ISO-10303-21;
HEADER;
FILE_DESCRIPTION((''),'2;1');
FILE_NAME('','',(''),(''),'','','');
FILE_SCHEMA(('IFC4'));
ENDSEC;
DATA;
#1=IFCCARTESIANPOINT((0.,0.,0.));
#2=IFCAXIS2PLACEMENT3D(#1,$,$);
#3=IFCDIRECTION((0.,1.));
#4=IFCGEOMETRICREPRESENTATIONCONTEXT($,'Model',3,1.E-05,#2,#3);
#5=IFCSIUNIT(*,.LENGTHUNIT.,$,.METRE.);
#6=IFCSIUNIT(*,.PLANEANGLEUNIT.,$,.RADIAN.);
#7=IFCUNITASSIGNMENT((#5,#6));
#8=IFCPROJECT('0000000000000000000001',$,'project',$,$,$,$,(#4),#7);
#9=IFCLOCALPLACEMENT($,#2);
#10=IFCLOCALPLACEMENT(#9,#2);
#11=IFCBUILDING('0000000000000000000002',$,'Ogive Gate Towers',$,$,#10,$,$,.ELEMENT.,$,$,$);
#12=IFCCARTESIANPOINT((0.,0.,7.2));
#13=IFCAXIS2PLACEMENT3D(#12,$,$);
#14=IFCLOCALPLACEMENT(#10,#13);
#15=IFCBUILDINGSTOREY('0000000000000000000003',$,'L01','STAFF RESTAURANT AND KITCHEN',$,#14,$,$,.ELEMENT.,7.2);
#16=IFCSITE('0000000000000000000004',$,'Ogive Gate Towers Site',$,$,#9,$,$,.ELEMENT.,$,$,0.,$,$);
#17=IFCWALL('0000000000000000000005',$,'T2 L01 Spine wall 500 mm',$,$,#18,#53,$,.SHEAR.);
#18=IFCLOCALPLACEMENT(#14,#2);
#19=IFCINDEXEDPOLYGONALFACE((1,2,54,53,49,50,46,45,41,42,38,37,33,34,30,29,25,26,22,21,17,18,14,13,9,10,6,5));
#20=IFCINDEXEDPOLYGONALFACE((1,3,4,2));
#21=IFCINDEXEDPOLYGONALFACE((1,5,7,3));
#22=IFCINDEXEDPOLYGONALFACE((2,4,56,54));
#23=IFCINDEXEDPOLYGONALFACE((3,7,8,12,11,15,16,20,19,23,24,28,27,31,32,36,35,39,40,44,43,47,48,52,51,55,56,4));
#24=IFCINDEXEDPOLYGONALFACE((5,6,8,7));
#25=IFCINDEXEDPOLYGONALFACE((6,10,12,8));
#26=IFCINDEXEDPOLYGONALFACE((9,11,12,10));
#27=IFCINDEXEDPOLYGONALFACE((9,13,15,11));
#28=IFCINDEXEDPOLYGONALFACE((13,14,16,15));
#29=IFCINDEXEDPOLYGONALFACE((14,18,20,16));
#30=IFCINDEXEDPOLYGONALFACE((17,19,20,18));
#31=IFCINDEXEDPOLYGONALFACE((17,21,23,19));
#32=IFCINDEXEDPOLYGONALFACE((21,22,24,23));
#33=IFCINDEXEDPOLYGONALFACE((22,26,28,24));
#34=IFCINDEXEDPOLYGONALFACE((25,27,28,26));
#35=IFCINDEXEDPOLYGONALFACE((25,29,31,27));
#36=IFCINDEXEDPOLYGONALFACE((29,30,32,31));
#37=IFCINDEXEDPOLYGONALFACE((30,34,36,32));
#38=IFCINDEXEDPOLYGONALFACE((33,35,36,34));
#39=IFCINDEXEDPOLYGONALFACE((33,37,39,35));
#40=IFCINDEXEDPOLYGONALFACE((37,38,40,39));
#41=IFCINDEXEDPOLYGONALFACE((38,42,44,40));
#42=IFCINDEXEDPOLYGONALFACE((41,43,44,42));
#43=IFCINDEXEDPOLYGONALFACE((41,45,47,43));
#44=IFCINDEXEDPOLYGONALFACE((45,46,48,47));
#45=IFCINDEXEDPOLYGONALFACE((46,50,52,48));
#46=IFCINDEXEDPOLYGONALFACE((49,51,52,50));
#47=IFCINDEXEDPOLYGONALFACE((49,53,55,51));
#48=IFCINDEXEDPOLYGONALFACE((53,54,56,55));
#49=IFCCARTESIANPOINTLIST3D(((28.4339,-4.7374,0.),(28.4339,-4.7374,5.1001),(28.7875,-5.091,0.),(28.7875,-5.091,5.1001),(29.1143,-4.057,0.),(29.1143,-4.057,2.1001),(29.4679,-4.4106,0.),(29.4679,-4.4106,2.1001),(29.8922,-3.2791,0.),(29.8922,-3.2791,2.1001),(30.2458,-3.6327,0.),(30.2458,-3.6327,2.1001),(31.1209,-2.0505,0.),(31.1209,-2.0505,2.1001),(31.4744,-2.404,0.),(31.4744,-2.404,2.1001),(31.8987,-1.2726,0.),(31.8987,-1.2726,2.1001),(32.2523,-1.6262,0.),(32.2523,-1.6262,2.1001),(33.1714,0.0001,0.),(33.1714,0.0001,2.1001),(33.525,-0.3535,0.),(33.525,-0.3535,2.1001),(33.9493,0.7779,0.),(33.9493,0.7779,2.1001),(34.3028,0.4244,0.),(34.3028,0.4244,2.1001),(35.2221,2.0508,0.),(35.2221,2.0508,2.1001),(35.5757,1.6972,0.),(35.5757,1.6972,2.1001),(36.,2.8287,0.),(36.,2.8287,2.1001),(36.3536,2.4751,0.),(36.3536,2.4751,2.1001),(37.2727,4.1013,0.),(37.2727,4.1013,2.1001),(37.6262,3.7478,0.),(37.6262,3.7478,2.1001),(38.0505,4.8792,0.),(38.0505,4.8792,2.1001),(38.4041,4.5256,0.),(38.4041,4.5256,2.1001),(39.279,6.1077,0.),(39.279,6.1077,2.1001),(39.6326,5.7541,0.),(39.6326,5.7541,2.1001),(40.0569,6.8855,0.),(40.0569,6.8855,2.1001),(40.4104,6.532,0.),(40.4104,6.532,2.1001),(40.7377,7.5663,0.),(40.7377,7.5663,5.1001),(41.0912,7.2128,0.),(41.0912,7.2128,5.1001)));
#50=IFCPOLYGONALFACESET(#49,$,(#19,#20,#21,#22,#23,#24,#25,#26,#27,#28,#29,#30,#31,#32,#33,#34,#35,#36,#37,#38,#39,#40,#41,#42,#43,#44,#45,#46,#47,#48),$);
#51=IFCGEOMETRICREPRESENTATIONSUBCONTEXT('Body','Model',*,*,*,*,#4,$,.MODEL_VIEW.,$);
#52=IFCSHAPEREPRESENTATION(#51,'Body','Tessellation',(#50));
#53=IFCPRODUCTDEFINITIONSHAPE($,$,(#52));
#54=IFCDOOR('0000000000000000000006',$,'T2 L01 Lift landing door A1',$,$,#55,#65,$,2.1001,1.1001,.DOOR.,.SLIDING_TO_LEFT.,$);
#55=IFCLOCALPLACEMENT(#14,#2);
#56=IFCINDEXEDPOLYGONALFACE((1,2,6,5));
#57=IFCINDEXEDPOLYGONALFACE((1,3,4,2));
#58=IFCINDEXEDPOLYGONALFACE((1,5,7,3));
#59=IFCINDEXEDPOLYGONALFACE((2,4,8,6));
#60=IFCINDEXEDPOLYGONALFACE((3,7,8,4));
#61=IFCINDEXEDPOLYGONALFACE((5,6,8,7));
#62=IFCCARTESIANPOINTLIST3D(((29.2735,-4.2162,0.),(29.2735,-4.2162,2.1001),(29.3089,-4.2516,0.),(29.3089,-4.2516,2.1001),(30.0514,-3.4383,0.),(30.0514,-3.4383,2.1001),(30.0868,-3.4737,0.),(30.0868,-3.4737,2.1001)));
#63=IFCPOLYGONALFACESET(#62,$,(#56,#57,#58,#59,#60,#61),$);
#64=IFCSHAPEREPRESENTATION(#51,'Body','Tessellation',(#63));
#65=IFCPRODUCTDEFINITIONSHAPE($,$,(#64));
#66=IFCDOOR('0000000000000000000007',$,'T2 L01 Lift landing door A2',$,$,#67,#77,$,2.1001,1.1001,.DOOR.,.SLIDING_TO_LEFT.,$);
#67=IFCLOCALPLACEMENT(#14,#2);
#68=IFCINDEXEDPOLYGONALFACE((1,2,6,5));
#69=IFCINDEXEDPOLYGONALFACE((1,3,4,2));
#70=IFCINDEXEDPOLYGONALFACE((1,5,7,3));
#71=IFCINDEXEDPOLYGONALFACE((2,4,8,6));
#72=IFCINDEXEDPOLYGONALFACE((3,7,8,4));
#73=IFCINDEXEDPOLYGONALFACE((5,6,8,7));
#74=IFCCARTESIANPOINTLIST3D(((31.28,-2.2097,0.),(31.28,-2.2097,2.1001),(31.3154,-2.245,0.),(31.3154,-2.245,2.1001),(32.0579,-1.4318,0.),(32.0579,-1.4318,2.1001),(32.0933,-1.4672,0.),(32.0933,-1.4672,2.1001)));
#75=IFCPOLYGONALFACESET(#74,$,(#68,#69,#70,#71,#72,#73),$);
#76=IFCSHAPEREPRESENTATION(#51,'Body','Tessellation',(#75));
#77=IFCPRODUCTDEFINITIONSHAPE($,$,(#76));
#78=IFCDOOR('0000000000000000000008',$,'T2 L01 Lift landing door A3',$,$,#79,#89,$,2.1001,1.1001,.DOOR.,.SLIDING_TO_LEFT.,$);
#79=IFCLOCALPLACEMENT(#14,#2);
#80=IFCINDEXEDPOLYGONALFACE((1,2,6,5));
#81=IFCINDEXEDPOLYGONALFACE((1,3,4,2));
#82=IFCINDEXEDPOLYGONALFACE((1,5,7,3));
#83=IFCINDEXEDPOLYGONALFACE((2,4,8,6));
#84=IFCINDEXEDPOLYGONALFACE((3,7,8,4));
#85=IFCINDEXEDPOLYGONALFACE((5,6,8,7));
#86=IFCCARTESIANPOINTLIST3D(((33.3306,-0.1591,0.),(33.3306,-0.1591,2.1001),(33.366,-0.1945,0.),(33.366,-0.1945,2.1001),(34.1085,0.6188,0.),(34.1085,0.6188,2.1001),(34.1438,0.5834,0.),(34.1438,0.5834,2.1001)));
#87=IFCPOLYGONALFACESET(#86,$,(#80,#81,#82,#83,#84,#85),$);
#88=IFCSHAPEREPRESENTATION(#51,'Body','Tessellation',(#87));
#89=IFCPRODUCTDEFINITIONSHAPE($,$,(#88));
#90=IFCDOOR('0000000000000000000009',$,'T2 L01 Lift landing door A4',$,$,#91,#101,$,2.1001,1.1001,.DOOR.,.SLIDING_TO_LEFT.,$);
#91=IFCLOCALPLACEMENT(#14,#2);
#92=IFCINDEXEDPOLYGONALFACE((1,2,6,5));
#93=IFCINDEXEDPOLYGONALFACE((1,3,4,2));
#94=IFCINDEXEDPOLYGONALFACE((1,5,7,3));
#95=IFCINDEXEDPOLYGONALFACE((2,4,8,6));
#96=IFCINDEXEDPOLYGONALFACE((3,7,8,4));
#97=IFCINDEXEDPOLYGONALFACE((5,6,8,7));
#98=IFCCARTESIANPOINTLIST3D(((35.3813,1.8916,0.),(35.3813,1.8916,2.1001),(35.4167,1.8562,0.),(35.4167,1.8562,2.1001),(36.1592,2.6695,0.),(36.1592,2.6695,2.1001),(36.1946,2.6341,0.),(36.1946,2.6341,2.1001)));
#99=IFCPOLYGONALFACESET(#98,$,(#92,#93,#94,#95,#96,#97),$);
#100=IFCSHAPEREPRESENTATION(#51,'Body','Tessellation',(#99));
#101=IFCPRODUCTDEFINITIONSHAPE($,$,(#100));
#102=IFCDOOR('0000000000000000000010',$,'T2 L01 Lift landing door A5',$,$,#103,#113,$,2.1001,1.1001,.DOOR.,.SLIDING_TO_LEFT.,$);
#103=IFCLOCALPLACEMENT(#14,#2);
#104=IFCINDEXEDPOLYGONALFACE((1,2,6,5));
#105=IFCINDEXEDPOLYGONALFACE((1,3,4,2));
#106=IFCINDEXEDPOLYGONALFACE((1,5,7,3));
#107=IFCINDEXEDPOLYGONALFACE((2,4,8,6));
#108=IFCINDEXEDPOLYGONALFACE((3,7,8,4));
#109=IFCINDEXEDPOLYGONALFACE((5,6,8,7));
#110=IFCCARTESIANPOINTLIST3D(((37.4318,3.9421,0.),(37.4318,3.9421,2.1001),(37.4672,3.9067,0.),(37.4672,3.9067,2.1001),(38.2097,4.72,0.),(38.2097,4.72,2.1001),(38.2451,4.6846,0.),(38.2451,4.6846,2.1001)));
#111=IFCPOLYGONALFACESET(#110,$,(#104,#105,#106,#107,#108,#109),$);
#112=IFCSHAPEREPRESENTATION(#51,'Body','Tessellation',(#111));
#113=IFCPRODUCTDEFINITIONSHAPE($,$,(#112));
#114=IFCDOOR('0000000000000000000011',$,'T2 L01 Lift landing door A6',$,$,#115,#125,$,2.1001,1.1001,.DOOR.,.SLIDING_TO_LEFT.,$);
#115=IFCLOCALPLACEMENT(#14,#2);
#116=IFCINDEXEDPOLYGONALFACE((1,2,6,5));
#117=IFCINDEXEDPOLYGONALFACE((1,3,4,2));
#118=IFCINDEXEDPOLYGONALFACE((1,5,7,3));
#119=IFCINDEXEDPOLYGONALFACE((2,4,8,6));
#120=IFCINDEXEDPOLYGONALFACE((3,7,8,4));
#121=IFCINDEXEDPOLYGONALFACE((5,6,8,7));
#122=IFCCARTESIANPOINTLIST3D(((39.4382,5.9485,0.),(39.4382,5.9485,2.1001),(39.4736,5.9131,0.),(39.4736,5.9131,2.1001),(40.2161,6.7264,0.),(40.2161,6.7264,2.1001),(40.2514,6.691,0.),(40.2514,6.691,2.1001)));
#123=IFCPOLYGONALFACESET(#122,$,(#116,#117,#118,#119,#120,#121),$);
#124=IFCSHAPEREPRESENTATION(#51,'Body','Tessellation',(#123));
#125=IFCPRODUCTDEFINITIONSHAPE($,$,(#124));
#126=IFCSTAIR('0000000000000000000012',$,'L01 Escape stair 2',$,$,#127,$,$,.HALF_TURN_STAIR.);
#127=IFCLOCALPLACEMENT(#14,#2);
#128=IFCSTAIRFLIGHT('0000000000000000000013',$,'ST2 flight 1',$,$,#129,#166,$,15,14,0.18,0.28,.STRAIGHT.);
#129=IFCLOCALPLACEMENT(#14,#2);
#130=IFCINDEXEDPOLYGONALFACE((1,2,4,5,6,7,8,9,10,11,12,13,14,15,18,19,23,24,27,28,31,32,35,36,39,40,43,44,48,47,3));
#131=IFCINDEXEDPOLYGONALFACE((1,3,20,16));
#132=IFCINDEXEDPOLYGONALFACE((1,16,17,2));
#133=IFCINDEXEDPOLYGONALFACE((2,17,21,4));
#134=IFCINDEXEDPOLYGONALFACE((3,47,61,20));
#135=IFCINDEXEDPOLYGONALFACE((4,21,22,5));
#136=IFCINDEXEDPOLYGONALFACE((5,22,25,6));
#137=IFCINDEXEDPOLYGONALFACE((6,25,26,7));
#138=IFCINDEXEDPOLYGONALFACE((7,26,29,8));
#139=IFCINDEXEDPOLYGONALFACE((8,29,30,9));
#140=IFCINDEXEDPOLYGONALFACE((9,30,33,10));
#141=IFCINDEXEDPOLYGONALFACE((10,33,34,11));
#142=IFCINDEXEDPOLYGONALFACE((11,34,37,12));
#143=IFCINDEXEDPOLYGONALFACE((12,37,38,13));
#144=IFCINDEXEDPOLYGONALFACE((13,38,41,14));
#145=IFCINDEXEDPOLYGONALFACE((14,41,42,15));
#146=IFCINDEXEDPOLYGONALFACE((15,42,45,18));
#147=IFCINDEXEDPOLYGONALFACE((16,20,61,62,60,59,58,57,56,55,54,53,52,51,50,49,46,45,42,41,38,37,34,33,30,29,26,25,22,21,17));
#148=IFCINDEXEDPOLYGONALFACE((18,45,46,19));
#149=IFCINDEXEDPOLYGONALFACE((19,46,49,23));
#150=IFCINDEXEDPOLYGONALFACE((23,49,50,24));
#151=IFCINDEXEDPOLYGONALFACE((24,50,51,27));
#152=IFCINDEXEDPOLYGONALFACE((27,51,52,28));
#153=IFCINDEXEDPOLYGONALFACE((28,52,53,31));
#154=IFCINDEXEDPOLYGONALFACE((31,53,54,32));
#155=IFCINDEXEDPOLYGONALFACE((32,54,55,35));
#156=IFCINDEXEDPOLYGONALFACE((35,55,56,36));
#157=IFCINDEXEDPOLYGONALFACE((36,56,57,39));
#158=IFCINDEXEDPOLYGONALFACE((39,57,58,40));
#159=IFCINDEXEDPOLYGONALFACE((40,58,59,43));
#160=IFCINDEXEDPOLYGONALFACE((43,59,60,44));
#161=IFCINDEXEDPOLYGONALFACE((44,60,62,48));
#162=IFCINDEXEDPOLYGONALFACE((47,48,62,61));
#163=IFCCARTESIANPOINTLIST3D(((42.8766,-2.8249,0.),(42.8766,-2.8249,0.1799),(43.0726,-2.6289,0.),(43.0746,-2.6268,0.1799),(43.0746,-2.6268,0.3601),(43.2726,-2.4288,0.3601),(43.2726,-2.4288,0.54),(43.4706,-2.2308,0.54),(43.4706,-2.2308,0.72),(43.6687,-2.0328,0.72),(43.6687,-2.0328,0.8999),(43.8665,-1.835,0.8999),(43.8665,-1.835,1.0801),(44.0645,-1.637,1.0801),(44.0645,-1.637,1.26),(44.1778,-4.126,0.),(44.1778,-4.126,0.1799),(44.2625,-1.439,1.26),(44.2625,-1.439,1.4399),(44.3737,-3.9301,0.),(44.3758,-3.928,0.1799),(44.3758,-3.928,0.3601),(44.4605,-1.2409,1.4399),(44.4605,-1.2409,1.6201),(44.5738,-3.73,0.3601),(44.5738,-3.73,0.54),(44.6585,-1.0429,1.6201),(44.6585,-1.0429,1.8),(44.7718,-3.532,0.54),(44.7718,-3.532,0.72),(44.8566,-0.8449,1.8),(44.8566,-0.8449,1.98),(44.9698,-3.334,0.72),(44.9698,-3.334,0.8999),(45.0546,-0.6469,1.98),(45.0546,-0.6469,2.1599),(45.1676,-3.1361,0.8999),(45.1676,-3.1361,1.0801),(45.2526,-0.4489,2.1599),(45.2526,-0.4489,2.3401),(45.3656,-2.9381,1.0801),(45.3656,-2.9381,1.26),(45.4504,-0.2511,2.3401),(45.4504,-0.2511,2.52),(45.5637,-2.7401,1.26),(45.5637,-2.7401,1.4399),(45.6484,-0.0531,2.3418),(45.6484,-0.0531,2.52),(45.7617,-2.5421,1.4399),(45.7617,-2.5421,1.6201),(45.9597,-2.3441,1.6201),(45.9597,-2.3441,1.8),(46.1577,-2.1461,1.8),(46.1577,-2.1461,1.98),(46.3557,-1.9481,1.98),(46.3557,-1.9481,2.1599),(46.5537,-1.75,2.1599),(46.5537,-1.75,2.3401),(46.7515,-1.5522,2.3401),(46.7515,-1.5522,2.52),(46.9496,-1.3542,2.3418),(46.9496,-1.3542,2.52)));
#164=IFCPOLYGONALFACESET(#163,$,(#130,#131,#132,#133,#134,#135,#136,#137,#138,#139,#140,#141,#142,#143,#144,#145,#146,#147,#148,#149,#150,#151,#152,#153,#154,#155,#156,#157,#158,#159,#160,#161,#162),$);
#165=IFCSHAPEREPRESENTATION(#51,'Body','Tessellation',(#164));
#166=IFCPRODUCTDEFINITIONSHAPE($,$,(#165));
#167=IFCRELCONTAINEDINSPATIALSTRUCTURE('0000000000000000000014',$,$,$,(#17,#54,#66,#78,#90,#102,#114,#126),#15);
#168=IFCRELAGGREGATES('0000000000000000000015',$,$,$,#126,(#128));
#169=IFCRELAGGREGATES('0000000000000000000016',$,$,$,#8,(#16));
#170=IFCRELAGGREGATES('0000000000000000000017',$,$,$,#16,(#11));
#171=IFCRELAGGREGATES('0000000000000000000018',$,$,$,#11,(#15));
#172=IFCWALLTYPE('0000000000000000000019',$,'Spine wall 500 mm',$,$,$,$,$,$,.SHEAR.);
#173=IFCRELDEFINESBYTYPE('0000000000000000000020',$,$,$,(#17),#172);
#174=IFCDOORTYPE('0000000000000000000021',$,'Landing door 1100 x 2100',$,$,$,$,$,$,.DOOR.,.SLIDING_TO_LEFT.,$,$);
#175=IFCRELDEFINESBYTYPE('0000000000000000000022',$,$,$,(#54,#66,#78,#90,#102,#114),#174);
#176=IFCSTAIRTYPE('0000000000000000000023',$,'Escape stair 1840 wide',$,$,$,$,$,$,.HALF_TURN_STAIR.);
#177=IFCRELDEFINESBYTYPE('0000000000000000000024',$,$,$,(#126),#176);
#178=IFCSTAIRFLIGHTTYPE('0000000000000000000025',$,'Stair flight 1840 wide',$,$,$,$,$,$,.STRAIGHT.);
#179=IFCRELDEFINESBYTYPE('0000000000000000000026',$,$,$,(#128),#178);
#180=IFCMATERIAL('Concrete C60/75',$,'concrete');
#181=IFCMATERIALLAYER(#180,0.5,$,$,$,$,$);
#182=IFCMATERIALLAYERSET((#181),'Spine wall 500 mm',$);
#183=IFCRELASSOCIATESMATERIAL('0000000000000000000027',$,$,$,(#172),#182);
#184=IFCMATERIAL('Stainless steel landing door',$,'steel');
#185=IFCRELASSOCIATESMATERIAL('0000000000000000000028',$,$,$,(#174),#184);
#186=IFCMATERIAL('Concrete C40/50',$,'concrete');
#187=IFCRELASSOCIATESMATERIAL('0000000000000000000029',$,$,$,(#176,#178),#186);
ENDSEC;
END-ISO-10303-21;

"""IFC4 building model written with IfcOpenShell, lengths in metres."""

from ifc_helpers import new_model, si_unit, direction, frame, frame_2d, origin, place, context, subcontext, project, spatial, polyline, rectangle, outline, extrude, material, layer, layer_set, type_object, element, fill, aggregate, save


model = new_model("IFC4")

# Units and contexts
model_context = context("Model", 3, precision=1e-05, world=origin(), true_north=direction((0.0, 1.0)))
body_context = subcontext(model_context, "Body", "Model", "MODEL_VIEW")
ifc_project = project(units=[si_unit("LENGTHUNIT", "METRE"), si_unit("PLANEANGLEUNIT", "RADIAN")], contexts=[model_context])

# Site, building, storey
site_placement = place(None, origin())
site = spatial("IfcSite", under=ifc_project, at=site_placement, Name="Ogive Gate Towers Site", CompositionType="ELEMENT", RefElevation=0.0)
building_placement = place(site_placement, origin())
building = spatial("IfcBuilding", under=site, at=building_placement, Name="Ogive Gate Towers", CompositionType="ELEMENT")
storey_placement = place(building_placement, frame((0.0, 0.0, 7.2)))
storey = spatial("IfcBuildingStorey", under=building, at=storey_placement, Name="L01", Description="STAFF RESTAURANT AND KITCHEN", CompositionType="ELEMENT", Elevation=7.2)

# Shared definitions
ifc_material_1 = material(Name="Concrete C60/75", Category="concrete")

# Wall, openings, doors
ifc_layer_1 = layer(ifc_material_1, 0.5)
ifc_layer_set_1 = layer_set([ifc_layer_1], Name="Spine wall 500 mm")
wall_type_1 = type_object("IfcWallType", Name="Spine wall 500 mm", PredefinedType="SHEAR", material=ifc_layer_set_1)
ifc_material_2 = material(Name="Stainless steel landing door", Category="steel")
wall_1_placement = place(storey_placement, frame((28.6106, -4.9143, 0.0), z_axis=(0.0, 0.0, 1.0), x_axis=(0.707107, 0.707107, 0.0)))
wall_1 = element("IfcWall", 1, at=wall_1_placement, inside=storey, type_object=wall_type_1, Name="T2 L01 Spine wall 500 mm", PredefinedType="SHEAR", context=body_context, shape_type="SweptSolid", body=[
    extrude(rectangle(XDim=17.4001, YDim=0.5, at=frame_2d((8.7002, 0.0))), origin(), (0.0, 0.0, 1.0), 5.1001),
])
opening_1_placement = place(wall_1_placement, frame((0.9624, 0.0, 0.0)))
opening_1 = element("IfcOpeningElement", 2, at=opening_1_placement, cuts=wall_1, PredefinedType="OPENING", context=body_context, shape_type="SweptSolid", body=[
    extrude(rectangle(XDim=1.1001, YDim=2.1001, at=frame_2d((0.55, 1.05))), frame((0.0, 0.26, 0.0), z_axis=(0.0, -1.0, 0.0), x_axis=(1.0, 0.0, 0.0)), (0.0, 0.0, 1.0), 0.52),
])
opening_2_placement = place(wall_1_placement, frame((3.8, 0.0, 0.0)))
opening_2 = element("IfcOpeningElement", 3, at=opening_2_placement, cuts=wall_1, PredefinedType="OPENING", context=body_context, shape_type="SweptSolid", body=[
    extrude(rectangle(XDim=1.1001, YDim=2.1001, at=frame_2d((0.55, 1.05))), frame((0.0, 0.26, 0.0), z_axis=(0.0, -1.0, 0.0), x_axis=(1.0, 0.0, 0.0)), (0.0, 0.0, 1.0), 0.52),
])
opening_3_placement = place(wall_1_placement, frame((6.7, 0.0, 0.0)))
opening_3 = element("IfcOpeningElement", 4, at=opening_3_placement, cuts=wall_1, PredefinedType="OPENING", context=body_context, shape_type="SweptSolid", body=[
    extrude(rectangle(XDim=1.1001, YDim=2.1001, at=frame_2d((0.55, 1.05))), frame((0.0, 0.26, 0.0), z_axis=(0.0, -1.0, 0.0), x_axis=(1.0, 0.0, 0.0)), (0.0, 0.0, 1.0), 0.52),
])
opening_4_placement = place(wall_1_placement, frame((9.6001, 0.0, 0.0)))
opening_4 = element("IfcOpeningElement", 5, at=opening_4_placement, cuts=wall_1, PredefinedType="OPENING", context=body_context, shape_type="SweptSolid", body=[
    extrude(rectangle(XDim=1.1001, YDim=2.1001, at=frame_2d((0.55, 1.05))), frame((0.0, 0.26, 0.0), z_axis=(0.0, -1.0, 0.0), x_axis=(1.0, 0.0, 0.0)), (0.0, 0.0, 1.0), 0.52),
])
opening_5_placement = place(wall_1_placement, frame((12.5, 0.0, 0.0)))
opening_5 = element("IfcOpeningElement", 6, at=opening_5_placement, cuts=wall_1, PredefinedType="OPENING", context=body_context, shape_type="SweptSolid", body=[
    extrude(rectangle(XDim=1.1001, YDim=2.1001, at=frame_2d((0.55, 1.05))), frame((0.0, 0.26, 0.0), z_axis=(0.0, -1.0, 0.0), x_axis=(1.0, 0.0, 0.0)), (0.0, 0.0, 1.0), 0.52),
])
opening_6_placement = place(wall_1_placement, frame((15.3374, 0.0, 0.0)))
opening_6 = element("IfcOpeningElement", 7, at=opening_6_placement, cuts=wall_1, PredefinedType="OPENING", context=body_context, shape_type="SweptSolid", body=[
    extrude(rectangle(XDim=1.1001, YDim=2.1001, at=frame_2d((0.55, 1.05))), frame((0.0, 0.26, 0.0), z_axis=(0.0, -1.0, 0.0), x_axis=(1.0, 0.0, 0.0)), (0.0, 0.0, 1.0), 0.52),
])
door_type_1 = type_object("IfcDoorType", Name="Landing door 1100 x 2100", OperationType="SLIDING_TO_LEFT", PredefinedType="DOOR", material=ifc_material_2)
door_1_placement = place(opening_1_placement, origin())
door_1 = element("IfcDoor", 8, at=door_1_placement, inside=storey, type_object=door_type_1, Name="T2 L01 Lift landing door A1", OperationType="SLIDING_TO_LEFT", OverallHeight=2.1001, OverallWidth=1.1001, PredefinedType="DOOR", context=body_context, shape_type="SweptSolid", body=[
    extrude(rectangle(XDim=1.1001, YDim=2.1001, at=frame_2d((0.55, 1.05))), frame((0.0, 0.0249, 0.0), z_axis=(0.0, -1.0, 0.0), x_axis=(1.0, 0.0, 0.0)), (0.0, 0.0, 1.0), 0.05),
])
fill(opening_1, door_1)
door_2_placement = place(opening_2_placement, origin())
door_2 = element("IfcDoor", 9, at=door_2_placement, inside=storey, type_object=door_type_1, Name="T2 L01 Lift landing door A2", OperationType="SLIDING_TO_LEFT", OverallHeight=2.1001, OverallWidth=1.1001, PredefinedType="DOOR", context=body_context, shape_type="SweptSolid", body=[
    extrude(rectangle(XDim=1.1001, YDim=2.1001, at=frame_2d((0.55, 1.05))), frame((0.0, 0.0249, 0.0), z_axis=(0.0, -1.0, 0.0), x_axis=(1.0, 0.0, 0.0)), (0.0, 0.0, 1.0), 0.05),
])
fill(opening_2, door_2)
door_3_placement = place(opening_3_placement, origin())
door_3 = element("IfcDoor", 10, at=door_3_placement, inside=storey, type_object=door_type_1, Name="T2 L01 Lift landing door A3", OperationType="SLIDING_TO_LEFT", OverallHeight=2.1001, OverallWidth=1.1001, PredefinedType="DOOR", context=body_context, shape_type="SweptSolid", body=[
    extrude(rectangle(XDim=1.1001, YDim=2.1001, at=frame_2d((0.55, 1.05))), frame((0.0, 0.0249, 0.0), z_axis=(0.0, -1.0, 0.0), x_axis=(1.0, 0.0, 0.0)), (0.0, 0.0, 1.0), 0.05),
])
fill(opening_3, door_3)
door_4_placement = place(opening_4_placement, origin())
door_4 = element("IfcDoor", 11, at=door_4_placement, inside=storey, type_object=door_type_1, Name="T2 L01 Lift landing door A4", OperationType="SLIDING_TO_LEFT", OverallHeight=2.1001, OverallWidth=1.1001, PredefinedType="DOOR", context=body_context, shape_type="SweptSolid", body=[
    extrude(rectangle(XDim=1.1001, YDim=2.1001, at=frame_2d((0.55, 1.05))), frame((0.0, 0.0249, 0.0), z_axis=(0.0, -1.0, 0.0), x_axis=(1.0, 0.0, 0.0)), (0.0, 0.0, 1.0), 0.05),
])
fill(opening_4, door_4)
door_5_placement = place(opening_5_placement, origin())
door_5 = element("IfcDoor", 12, at=door_5_placement, inside=storey, type_object=door_type_1, Name="T2 L01 Lift landing door A5", OperationType="SLIDING_TO_LEFT", OverallHeight=2.1001, OverallWidth=1.1001, PredefinedType="DOOR", context=body_context, shape_type="SweptSolid", body=[
    extrude(rectangle(XDim=1.1001, YDim=2.1001, at=frame_2d((0.55, 1.05))), frame((0.0, 0.0249, 0.0), z_axis=(0.0, -1.0, 0.0), x_axis=(1.0, 0.0, 0.0)), (0.0, 0.0, 1.0), 0.05),
])
fill(opening_5, door_5)
door_6_placement = place(opening_6_placement, origin())
door_6 = element("IfcDoor", 13, at=door_6_placement, inside=storey, type_object=door_type_1, Name="T2 L01 Lift landing door A6", OperationType="SLIDING_TO_LEFT", OverallHeight=2.1001, OverallWidth=1.1001, PredefinedType="DOOR", context=body_context, shape_type="SweptSolid", body=[
    extrude(rectangle(XDim=1.1001, YDim=2.1001, at=frame_2d((0.55, 1.05))), frame((0.0, 0.0249, 0.0), z_axis=(0.0, -1.0, 0.0), x_axis=(1.0, 0.0, 0.0)), (0.0, 0.0, 1.0), 0.05),
])
fill(opening_6, door_6)

# Stair, stair flight
ifc_material_3 = material(Name="Concrete C40/50", Category="concrete")
stair_type = type_object("IfcStairType", Name="Escape stair 1840 wide", PredefinedType="HALF_TURN_STAIR", material=ifc_material_3)
stair_placement = place(storey_placement, origin())
stair = element("IfcStair", 14, at=stair_placement, inside=storey, type_object=stair_type, Name="L01 Escape stair 2", PredefinedType="HALF_TURN_STAIR")
stair_flight_type = type_object("IfcStairFlightType", Name="Stair flight 1840 wide", PredefinedType="STRAIGHT", material=ifc_material_3)
stair_flight_placement = place(storey_placement, frame((43.5271, -3.4753, 0.0), z_axis=(0.0, 0.0, 1.0), x_axis=(0.707107, 0.707107, 0.0)))
stair_flight = element("IfcStairFlight", 15, at=stair_flight_placement, type_object=stair_flight_type, Name="ST2 flight 1", NumberOfRisers=15, NumberOfTreads=14, PredefinedType="STRAIGHT", RiserHeight=0.18, TreadLength=0.28, context=body_context, shape_type="SweptSolid", body=[
    extrude(outline(polyline([(0.0, 0.0), (0.0, 0.1799), (0.28, 0.1799), (0.28, 0.3601), (0.5601, 0.3601), (0.5601, 0.54), (0.8401, 0.54), (0.8401, 0.72), (1.1201, 0.72), (1.1201, 0.8999), (1.3999, 0.8999), (1.3999, 1.0801), (1.6799, 1.0801), (1.6799, 1.26), (1.96, 1.26), (1.96, 1.4399), (2.24, 1.4399), (2.24, 1.6201), (2.52, 1.6201), (2.52, 1.8), (2.8, 1.8), (2.8, 1.98), (3.0801, 1.98), (3.0801, 2.1599), (3.3601, 2.1599), (3.3601, 2.3401), (3.6399, 2.3401), (3.6399, 2.52), (3.9199, 2.52), (3.9199, 2.7), (3.9199, 2.3418), (0.2771, 0.0), (0.0, 0.0)])), frame((0.0, 0.9199, 0.0), z_axis=(0.0, -1.0, 0.0), x_axis=(1.0, 0.0, 0.0)), (0.0, 0.0, 1.0), 1.8401),
])
aggregate(stair, [stair_flight])

save(model, "model.ifc")
